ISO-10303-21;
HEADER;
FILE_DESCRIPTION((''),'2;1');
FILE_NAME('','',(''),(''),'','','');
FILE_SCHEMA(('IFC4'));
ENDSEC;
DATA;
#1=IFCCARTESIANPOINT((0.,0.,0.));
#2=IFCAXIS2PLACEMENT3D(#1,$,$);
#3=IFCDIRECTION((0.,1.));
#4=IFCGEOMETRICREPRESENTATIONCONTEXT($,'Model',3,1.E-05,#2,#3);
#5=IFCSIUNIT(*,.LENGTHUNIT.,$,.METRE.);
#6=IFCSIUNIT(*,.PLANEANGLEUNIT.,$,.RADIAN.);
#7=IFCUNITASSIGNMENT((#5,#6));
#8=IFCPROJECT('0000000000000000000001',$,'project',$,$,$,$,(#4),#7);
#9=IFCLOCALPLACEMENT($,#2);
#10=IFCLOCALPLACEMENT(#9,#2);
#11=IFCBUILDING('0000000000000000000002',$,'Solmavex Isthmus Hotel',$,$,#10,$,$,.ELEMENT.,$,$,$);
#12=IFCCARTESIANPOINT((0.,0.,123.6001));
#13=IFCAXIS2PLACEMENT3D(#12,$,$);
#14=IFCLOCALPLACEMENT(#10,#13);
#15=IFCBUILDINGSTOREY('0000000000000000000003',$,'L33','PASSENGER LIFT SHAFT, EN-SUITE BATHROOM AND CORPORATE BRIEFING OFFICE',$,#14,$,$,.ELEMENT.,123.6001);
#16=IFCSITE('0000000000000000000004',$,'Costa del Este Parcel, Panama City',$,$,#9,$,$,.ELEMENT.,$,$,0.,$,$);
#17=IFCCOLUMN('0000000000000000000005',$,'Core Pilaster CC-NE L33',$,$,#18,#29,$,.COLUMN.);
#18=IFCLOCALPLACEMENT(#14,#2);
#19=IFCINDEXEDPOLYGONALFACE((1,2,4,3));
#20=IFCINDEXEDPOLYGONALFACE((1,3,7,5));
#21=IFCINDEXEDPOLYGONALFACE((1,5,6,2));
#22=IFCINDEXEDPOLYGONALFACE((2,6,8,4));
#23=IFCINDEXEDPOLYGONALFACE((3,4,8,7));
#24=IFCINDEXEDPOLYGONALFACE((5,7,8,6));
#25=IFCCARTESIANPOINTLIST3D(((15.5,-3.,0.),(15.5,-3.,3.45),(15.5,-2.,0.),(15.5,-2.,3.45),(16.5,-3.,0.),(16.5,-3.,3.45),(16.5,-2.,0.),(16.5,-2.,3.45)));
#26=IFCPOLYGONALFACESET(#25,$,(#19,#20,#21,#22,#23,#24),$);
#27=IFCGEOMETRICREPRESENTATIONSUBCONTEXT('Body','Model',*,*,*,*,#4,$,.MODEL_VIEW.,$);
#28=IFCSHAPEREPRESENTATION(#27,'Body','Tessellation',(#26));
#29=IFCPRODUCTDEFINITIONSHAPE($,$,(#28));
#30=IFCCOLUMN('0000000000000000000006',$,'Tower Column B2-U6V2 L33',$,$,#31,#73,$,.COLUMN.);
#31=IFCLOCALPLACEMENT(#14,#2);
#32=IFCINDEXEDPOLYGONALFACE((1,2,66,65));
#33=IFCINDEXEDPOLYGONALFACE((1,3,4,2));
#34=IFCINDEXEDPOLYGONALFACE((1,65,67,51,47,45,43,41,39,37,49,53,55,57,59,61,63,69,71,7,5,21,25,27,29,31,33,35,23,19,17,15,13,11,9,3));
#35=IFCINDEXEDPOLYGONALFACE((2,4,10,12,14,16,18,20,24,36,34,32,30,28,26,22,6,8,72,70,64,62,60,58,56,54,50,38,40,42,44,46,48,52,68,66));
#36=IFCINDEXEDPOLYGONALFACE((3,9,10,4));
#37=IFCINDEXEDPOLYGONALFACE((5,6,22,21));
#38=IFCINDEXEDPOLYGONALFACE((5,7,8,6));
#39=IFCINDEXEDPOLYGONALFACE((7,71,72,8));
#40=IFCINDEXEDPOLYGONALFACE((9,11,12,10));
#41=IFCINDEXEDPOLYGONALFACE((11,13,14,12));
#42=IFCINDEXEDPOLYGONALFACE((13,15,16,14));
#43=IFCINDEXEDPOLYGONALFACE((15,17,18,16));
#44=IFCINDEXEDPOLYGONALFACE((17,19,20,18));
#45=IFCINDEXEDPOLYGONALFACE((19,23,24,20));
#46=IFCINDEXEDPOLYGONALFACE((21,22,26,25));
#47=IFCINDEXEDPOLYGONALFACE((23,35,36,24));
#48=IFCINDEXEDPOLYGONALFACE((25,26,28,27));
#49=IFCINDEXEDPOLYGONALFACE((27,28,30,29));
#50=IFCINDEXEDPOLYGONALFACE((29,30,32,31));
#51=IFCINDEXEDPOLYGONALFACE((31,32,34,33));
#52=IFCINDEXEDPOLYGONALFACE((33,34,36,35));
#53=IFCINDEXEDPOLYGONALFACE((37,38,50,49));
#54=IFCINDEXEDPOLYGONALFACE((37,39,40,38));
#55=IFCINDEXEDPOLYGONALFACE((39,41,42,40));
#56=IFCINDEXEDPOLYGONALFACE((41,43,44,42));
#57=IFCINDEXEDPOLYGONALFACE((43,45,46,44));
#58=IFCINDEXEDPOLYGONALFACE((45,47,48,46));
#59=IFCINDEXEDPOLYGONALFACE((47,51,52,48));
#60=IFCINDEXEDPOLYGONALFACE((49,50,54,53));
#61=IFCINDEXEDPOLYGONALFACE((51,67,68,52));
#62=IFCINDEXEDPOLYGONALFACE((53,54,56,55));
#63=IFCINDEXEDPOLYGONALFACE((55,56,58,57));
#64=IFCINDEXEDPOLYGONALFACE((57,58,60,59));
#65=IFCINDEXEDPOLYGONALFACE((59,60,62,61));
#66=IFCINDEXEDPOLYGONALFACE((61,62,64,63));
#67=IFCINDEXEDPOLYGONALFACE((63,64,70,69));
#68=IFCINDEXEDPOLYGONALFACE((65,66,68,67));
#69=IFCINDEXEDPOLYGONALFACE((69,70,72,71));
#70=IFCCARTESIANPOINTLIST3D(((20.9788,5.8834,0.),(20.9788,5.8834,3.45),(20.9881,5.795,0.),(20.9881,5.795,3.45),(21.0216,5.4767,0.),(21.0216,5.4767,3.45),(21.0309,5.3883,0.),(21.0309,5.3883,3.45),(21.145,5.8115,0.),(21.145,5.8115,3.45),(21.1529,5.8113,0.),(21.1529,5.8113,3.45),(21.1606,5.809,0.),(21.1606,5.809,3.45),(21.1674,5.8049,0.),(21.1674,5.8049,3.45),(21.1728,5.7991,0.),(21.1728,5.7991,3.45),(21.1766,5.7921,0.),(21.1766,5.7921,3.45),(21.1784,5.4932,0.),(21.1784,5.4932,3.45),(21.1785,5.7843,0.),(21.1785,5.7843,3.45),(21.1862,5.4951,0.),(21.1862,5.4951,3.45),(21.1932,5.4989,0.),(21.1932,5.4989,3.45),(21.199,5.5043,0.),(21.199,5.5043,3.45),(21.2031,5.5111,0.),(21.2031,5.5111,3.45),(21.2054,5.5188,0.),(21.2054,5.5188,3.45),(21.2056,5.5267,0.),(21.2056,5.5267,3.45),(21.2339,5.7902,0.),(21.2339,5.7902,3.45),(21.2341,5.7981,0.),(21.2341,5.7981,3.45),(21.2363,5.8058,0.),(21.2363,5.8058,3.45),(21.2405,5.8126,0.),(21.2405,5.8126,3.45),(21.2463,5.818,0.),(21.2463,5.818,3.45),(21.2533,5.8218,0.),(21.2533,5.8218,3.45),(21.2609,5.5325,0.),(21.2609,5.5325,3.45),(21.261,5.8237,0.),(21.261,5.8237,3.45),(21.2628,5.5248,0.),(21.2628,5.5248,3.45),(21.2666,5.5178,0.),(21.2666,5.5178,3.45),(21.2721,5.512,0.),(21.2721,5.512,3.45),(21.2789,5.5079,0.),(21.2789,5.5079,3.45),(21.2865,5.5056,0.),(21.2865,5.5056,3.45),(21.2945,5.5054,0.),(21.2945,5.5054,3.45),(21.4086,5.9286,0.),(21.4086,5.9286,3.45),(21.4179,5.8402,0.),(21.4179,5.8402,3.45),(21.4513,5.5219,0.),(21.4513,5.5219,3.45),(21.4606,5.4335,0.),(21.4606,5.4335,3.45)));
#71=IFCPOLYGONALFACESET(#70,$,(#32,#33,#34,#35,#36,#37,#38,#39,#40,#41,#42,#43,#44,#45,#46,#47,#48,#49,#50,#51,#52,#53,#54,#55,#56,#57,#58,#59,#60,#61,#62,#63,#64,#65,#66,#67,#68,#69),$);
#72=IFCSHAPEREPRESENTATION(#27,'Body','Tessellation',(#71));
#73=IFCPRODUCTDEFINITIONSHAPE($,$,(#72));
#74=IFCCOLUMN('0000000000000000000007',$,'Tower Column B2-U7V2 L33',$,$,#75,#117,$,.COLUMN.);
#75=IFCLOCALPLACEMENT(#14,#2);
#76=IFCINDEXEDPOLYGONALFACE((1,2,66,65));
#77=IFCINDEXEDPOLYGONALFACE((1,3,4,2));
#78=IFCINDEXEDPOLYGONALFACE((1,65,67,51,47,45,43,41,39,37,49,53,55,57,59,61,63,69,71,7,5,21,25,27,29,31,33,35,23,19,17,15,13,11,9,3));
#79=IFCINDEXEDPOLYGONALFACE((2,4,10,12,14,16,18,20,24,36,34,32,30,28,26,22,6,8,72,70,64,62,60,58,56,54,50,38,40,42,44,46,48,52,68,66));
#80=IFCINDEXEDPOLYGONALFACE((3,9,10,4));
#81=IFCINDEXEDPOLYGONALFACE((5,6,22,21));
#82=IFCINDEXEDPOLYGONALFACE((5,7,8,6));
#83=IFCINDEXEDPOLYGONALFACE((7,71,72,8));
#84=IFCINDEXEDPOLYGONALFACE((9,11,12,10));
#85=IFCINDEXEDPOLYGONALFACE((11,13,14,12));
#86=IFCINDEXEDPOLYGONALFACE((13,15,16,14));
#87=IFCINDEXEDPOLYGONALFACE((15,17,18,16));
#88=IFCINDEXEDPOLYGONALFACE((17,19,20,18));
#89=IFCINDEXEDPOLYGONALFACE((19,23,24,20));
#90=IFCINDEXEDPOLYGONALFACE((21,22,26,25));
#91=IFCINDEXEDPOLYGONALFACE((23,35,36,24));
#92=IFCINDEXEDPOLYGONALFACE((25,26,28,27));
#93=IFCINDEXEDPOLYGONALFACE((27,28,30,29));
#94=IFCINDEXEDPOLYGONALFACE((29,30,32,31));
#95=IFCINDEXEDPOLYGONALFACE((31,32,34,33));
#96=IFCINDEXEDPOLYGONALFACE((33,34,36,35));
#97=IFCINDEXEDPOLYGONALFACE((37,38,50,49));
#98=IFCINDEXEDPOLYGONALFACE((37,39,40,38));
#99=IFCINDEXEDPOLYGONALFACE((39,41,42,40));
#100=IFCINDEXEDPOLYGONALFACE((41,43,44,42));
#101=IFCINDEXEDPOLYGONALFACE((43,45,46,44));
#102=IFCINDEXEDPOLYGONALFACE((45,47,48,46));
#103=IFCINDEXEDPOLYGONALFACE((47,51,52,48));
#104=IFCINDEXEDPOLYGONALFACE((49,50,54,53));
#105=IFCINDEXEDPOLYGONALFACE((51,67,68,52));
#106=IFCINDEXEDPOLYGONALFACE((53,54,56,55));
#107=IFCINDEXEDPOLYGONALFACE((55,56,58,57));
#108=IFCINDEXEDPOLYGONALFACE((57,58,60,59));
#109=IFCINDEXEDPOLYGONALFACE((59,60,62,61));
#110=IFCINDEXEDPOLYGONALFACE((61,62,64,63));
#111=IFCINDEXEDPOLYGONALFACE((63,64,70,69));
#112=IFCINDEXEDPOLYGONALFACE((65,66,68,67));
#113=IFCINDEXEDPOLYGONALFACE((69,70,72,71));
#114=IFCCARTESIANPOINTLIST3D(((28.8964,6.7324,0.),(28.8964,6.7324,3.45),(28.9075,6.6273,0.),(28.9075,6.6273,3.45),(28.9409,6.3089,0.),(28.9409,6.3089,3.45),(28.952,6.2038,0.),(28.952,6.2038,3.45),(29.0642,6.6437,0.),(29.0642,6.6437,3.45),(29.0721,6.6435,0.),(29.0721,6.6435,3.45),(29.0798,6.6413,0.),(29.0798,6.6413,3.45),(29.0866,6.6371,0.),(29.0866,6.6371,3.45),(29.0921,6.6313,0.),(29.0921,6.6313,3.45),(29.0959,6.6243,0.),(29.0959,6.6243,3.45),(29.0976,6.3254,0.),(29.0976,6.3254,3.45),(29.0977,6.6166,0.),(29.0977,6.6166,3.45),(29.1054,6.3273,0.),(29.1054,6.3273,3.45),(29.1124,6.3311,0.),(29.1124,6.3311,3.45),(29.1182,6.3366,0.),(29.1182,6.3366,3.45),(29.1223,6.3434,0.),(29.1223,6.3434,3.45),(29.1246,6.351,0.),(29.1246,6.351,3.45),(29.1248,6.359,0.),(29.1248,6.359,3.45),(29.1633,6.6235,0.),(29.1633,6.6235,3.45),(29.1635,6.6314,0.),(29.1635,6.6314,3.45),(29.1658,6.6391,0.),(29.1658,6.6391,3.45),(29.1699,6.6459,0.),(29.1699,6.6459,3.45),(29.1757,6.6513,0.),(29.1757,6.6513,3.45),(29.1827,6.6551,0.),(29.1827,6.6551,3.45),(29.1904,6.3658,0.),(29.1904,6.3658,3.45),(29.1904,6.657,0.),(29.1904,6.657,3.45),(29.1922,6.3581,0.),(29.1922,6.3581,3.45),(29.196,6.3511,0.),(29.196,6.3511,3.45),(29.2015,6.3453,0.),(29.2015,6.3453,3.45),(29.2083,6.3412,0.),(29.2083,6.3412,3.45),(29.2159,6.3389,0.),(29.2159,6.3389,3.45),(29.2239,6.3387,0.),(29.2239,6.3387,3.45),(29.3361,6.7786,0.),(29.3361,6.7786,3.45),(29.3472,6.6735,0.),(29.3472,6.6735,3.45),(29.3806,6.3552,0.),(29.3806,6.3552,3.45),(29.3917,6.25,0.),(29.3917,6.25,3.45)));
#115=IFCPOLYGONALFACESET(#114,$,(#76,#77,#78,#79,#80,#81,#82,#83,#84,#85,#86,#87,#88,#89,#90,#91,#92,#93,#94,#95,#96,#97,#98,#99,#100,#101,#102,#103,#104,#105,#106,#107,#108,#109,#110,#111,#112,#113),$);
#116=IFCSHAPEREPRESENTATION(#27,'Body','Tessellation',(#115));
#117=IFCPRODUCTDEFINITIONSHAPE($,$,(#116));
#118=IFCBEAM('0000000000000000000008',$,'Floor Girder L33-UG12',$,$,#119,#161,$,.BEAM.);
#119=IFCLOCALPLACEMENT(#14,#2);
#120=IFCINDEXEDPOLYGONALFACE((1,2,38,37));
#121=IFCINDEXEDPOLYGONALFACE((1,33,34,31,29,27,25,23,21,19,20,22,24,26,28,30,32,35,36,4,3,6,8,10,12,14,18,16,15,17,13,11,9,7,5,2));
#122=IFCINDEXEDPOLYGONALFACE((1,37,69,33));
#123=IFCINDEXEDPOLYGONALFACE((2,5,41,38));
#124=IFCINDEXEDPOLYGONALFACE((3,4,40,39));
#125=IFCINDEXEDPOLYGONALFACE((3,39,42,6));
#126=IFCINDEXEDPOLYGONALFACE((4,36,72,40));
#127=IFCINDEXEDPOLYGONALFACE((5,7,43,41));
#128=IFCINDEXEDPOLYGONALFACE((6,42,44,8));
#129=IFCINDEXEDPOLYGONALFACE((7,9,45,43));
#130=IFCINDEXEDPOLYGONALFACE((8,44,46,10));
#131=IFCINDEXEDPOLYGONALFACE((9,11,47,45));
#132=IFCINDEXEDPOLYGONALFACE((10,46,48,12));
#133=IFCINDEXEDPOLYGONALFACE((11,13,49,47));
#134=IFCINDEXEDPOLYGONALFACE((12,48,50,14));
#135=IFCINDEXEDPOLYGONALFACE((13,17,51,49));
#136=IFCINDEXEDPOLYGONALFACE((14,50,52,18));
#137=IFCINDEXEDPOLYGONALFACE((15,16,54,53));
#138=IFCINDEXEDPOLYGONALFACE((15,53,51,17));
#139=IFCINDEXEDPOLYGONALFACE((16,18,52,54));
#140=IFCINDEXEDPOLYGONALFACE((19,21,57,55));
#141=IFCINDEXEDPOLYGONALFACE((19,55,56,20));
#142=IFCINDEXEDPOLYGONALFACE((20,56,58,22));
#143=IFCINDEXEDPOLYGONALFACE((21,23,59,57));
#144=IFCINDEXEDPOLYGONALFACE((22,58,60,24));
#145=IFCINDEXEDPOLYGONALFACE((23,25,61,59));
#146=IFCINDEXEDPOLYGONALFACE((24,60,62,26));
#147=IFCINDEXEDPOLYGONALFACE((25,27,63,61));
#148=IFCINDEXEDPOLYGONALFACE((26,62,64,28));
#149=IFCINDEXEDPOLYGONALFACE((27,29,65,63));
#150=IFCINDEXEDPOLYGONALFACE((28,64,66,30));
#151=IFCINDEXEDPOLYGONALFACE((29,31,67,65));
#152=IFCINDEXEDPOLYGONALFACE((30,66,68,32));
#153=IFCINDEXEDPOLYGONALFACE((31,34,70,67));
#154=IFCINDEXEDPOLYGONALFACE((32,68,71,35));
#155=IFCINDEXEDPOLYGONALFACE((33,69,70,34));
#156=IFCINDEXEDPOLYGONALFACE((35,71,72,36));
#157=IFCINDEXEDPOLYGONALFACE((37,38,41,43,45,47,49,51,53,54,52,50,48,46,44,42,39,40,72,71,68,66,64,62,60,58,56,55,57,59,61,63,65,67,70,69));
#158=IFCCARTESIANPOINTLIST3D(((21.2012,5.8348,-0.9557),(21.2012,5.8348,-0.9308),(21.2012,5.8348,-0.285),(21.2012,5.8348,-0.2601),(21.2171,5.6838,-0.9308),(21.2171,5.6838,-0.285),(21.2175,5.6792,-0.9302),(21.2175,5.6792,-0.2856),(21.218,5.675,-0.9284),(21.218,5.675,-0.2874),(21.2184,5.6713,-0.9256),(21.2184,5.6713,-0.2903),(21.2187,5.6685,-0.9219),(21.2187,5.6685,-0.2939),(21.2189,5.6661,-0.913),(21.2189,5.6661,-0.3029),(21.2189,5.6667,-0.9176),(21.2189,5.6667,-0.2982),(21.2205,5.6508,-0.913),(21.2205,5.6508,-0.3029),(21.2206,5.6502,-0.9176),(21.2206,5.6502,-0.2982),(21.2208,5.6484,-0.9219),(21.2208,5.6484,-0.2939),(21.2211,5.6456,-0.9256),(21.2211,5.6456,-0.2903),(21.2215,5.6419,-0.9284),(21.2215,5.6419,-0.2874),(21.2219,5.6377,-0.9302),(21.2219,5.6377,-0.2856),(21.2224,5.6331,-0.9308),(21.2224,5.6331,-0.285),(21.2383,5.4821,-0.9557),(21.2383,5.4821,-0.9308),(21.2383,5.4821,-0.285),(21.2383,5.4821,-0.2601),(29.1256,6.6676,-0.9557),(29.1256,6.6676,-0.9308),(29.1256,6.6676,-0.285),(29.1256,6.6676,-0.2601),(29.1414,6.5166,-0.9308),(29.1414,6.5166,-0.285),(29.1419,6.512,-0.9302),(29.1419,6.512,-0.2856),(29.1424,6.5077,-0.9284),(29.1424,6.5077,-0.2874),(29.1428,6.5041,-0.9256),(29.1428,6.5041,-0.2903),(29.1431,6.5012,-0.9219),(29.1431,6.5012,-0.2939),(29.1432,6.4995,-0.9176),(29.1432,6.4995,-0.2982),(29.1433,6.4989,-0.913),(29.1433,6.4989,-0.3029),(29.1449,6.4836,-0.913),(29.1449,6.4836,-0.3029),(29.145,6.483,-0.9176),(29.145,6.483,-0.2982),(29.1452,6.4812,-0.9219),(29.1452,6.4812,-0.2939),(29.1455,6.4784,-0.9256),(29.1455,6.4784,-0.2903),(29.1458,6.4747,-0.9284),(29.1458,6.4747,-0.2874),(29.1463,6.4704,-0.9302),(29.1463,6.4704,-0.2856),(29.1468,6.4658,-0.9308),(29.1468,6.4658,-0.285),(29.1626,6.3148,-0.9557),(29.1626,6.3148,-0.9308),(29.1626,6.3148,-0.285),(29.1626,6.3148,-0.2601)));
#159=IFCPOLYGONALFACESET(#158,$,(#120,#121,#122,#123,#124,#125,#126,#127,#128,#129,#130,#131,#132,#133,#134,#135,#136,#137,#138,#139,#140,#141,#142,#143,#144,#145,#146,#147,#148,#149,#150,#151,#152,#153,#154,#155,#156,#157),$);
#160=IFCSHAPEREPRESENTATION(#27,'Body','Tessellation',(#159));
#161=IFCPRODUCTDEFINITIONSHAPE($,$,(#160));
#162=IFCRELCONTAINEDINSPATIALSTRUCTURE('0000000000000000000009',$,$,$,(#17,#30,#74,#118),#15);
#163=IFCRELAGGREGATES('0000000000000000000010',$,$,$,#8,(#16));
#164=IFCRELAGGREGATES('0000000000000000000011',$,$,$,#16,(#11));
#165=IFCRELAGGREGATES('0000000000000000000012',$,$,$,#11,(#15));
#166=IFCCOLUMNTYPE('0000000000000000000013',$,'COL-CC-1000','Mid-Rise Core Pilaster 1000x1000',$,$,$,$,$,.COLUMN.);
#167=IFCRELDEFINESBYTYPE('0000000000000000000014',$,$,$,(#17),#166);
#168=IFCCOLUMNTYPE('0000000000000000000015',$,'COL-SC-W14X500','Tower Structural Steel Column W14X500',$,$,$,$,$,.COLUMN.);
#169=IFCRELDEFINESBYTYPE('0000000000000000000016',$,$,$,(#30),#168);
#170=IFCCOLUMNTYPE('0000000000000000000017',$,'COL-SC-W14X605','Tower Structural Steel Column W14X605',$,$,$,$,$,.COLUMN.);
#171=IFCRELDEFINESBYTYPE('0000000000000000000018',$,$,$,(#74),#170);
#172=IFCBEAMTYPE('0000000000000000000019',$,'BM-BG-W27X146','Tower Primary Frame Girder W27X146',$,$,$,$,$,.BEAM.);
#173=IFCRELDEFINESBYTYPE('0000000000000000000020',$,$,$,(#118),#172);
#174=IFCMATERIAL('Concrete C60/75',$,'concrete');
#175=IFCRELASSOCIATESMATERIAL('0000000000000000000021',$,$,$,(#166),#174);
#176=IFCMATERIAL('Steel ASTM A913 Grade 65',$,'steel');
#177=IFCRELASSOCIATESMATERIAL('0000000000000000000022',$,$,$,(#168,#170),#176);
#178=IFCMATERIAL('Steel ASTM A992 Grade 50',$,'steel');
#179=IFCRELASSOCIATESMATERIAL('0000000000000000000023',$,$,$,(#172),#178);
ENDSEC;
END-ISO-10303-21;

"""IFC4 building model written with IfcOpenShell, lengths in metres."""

from ifc_helpers import new_model, si_unit, direction, frame, origin, origin_2d, place, context, subcontext, project, spatial, rectangle, i_section, extrude, material, material_profile, profile_set, type_object, element, save


model = new_model("IFC4")

# Units and contexts
model_context = context("Model", 3, precision=1e-05, world=origin(), true_north=direction((0.0, 1.0)))
body_context = subcontext(model_context, "Body", "Model", "MODEL_VIEW")
ifc_project = project(units=[si_unit("LENGTHUNIT", "METRE"), si_unit("PLANEANGLEUNIT", "RADIAN")], contexts=[model_context])

# Site, building, storey
site_placement = place(None, origin())
site = spatial("IfcSite", under=ifc_project, at=site_placement, Name="Costa del Este Parcel, Panama City", CompositionType="ELEMENT", RefElevation=0.0)
building_placement = place(site_placement, origin())
building = spatial("IfcBuilding", under=site, at=building_placement, Name="Solmavex Isthmus Hotel", CompositionType="ELEMENT")
storey_placement = place(building_placement, frame((0.0, 0.0, 123.6001)))
storey = spatial("IfcBuildingStorey", under=building, at=storey_placement, Name="L33", Description="PASSENGER LIFT SHAFT, EN-SUITE BATHROOM AND CORPORATE BRIEFING OFFICE", CompositionType="ELEMENT", Elevation=123.6001)

# Columns
ifc_material_1 = material(Name="Concrete C60/75", Category="concrete")
ifc_material_profile_1 = material_profile(ifc_material_1, rectangle(XDim=1.0, YDim=1.0, at=origin_2d()), Name="RC1000X1000")
ifc_profile_set_1 = profile_set([ifc_material_profile_1], Name="Concrete C60/75")
column_type_1 = type_object("IfcColumnType", Name="COL-CC-1000", Description="Mid-Rise Core Pilaster 1000x1000", PredefinedType="COLUMN", material=ifc_profile_set_1)
column_1_placement = place(storey_placement, frame((16.0, -2.5, 0.0), z_axis=(0.0, 0.0, 1.0), x_axis=(1.0, 0.0, 0.0)))
element("IfcColumn", 1, at=column_1_placement, inside=storey, type_object=column_type_1, Name="Core Pilaster CC-NE L33", PredefinedType="COLUMN", context=body_context, shape_type="SweptSolid", body=[
    extrude(rectangle(XDim=1.0, YDim=1.0, at=origin_2d()), origin(), (0.0, 0.0, 1.0), 3.45),
])
ifc_material_2 = material(Name="Steel ASTM A913 Grade 65", Category="steel")
ifc_material_profile_2 = material_profile(ifc_material_2, i_section(OverallWidth=0.4321, OverallDepth=0.4978, WebThickness=0.0557, FlangeThickness=0.0889, FilletRadius=0.0305, at=origin_2d()), Name="W14X500")
ifc_profile_set_2 = profile_set([ifc_material_profile_2], Name="Steel ASTM A913 Grade 65")
column_type_2 = type_object("IfcColumnType", Name="COL-SC-W14X500", Description="Tower Structural Steel Column W14X500", PredefinedType="COLUMN", material=ifc_profile_set_2)
column_2_placement = place(storey_placement, frame((21.2197, 5.6584, 0.0), z_axis=(0.0, 0.0, 1.0), x_axis=(0.994522, 0.104528, 0.0)))
element("IfcColumn", 2, at=column_2_placement, inside=storey, type_object=column_type_2, Name="Tower Column B2-U6V2 L33", PredefinedType="COLUMN", context=body_context, shape_type="SweptSolid", body=[
    extrude(i_section(OverallWidth=0.4321, OverallDepth=0.4978, WebThickness=0.0557, FlangeThickness=0.0889, FilletRadius=0.0305, at=origin_2d()), origin(), (0.0, 0.0, 1.0), 3.45),
])
ifc_material_profile_3 = material_profile(ifc_material_2, i_section(OverallWidth=0.4421, OverallDepth=0.5315, WebThickness=0.0659, FlangeThickness=0.1057, FilletRadius=0.0305, at=origin_2d()), Name="W14X605")
ifc_profile_set_3 = profile_set([ifc_material_profile_3], Name="Steel ASTM A913 Grade 65")
column_type_3 = type_object("IfcColumnType", Name="COL-SC-W14X605", Description="Tower Structural Steel Column W14X605", PredefinedType="COLUMN", material=ifc_profile_set_3)
column_3_placement = place(storey_placement, frame((29.144, 6.4912, 0.0), z_axis=(0.0, 0.0, 1.0), x_axis=(0.994522, 0.104528, 0.0)))
element("IfcColumn", 3, at=column_3_placement, inside=storey, type_object=column_type_3, Name="Tower Column B2-U7V2 L33", PredefinedType="COLUMN", context=body_context, shape_type="SweptSolid", body=[
    extrude(i_section(OverallWidth=0.4421, OverallDepth=0.5315, WebThickness=0.0659, FlangeThickness=0.1057, FilletRadius=0.0305, at=origin_2d()), origin(), (0.0, 0.0, 1.0), 3.45),
])

# Beam
ifc_material_3 = material(Name="Steel ASTM A992 Grade 50", Category="steel")
ifc_material_profile_4 = material_profile(ifc_material_3, i_section(OverallWidth=0.3547, OverallDepth=0.6956, WebThickness=0.0154, FlangeThickness=0.0249, FilletRadius=0.0178, at=origin_2d()), Name="W27X146")
ifc_profile_set_4 = profile_set([ifc_material_profile_4], Name="Steel ASTM A992 Grade 50")
beam_type_1 = type_object("IfcBeamType", Name="BM-BG-W27X146", Description="Tower Primary Frame Girder W27X146", PredefinedType="BEAM", material=ifc_profile_set_4)
beam_1_placement = place(storey_placement, frame((21.2197, 5.6584, -0.6079), z_axis=(0.994523, 0.104514, 0.0), x_axis=(-0.104514, 0.994523, 0.0)))
element("IfcBeam", 4, at=beam_1_placement, inside=storey, type_object=beam_type_1, Name="Floor Girder L33-UG12", PredefinedType="BEAM", context=body_context, shape_type="SweptSolid", body=[
    extrude(i_section(OverallWidth=0.3547, OverallDepth=0.6956, WebThickness=0.0154, FlangeThickness=0.0249, FilletRadius=0.0178, at=origin_2d()), origin(), (0.0, 0.0, 1.0), 7.968),
])

save(model, "model.ifc")
